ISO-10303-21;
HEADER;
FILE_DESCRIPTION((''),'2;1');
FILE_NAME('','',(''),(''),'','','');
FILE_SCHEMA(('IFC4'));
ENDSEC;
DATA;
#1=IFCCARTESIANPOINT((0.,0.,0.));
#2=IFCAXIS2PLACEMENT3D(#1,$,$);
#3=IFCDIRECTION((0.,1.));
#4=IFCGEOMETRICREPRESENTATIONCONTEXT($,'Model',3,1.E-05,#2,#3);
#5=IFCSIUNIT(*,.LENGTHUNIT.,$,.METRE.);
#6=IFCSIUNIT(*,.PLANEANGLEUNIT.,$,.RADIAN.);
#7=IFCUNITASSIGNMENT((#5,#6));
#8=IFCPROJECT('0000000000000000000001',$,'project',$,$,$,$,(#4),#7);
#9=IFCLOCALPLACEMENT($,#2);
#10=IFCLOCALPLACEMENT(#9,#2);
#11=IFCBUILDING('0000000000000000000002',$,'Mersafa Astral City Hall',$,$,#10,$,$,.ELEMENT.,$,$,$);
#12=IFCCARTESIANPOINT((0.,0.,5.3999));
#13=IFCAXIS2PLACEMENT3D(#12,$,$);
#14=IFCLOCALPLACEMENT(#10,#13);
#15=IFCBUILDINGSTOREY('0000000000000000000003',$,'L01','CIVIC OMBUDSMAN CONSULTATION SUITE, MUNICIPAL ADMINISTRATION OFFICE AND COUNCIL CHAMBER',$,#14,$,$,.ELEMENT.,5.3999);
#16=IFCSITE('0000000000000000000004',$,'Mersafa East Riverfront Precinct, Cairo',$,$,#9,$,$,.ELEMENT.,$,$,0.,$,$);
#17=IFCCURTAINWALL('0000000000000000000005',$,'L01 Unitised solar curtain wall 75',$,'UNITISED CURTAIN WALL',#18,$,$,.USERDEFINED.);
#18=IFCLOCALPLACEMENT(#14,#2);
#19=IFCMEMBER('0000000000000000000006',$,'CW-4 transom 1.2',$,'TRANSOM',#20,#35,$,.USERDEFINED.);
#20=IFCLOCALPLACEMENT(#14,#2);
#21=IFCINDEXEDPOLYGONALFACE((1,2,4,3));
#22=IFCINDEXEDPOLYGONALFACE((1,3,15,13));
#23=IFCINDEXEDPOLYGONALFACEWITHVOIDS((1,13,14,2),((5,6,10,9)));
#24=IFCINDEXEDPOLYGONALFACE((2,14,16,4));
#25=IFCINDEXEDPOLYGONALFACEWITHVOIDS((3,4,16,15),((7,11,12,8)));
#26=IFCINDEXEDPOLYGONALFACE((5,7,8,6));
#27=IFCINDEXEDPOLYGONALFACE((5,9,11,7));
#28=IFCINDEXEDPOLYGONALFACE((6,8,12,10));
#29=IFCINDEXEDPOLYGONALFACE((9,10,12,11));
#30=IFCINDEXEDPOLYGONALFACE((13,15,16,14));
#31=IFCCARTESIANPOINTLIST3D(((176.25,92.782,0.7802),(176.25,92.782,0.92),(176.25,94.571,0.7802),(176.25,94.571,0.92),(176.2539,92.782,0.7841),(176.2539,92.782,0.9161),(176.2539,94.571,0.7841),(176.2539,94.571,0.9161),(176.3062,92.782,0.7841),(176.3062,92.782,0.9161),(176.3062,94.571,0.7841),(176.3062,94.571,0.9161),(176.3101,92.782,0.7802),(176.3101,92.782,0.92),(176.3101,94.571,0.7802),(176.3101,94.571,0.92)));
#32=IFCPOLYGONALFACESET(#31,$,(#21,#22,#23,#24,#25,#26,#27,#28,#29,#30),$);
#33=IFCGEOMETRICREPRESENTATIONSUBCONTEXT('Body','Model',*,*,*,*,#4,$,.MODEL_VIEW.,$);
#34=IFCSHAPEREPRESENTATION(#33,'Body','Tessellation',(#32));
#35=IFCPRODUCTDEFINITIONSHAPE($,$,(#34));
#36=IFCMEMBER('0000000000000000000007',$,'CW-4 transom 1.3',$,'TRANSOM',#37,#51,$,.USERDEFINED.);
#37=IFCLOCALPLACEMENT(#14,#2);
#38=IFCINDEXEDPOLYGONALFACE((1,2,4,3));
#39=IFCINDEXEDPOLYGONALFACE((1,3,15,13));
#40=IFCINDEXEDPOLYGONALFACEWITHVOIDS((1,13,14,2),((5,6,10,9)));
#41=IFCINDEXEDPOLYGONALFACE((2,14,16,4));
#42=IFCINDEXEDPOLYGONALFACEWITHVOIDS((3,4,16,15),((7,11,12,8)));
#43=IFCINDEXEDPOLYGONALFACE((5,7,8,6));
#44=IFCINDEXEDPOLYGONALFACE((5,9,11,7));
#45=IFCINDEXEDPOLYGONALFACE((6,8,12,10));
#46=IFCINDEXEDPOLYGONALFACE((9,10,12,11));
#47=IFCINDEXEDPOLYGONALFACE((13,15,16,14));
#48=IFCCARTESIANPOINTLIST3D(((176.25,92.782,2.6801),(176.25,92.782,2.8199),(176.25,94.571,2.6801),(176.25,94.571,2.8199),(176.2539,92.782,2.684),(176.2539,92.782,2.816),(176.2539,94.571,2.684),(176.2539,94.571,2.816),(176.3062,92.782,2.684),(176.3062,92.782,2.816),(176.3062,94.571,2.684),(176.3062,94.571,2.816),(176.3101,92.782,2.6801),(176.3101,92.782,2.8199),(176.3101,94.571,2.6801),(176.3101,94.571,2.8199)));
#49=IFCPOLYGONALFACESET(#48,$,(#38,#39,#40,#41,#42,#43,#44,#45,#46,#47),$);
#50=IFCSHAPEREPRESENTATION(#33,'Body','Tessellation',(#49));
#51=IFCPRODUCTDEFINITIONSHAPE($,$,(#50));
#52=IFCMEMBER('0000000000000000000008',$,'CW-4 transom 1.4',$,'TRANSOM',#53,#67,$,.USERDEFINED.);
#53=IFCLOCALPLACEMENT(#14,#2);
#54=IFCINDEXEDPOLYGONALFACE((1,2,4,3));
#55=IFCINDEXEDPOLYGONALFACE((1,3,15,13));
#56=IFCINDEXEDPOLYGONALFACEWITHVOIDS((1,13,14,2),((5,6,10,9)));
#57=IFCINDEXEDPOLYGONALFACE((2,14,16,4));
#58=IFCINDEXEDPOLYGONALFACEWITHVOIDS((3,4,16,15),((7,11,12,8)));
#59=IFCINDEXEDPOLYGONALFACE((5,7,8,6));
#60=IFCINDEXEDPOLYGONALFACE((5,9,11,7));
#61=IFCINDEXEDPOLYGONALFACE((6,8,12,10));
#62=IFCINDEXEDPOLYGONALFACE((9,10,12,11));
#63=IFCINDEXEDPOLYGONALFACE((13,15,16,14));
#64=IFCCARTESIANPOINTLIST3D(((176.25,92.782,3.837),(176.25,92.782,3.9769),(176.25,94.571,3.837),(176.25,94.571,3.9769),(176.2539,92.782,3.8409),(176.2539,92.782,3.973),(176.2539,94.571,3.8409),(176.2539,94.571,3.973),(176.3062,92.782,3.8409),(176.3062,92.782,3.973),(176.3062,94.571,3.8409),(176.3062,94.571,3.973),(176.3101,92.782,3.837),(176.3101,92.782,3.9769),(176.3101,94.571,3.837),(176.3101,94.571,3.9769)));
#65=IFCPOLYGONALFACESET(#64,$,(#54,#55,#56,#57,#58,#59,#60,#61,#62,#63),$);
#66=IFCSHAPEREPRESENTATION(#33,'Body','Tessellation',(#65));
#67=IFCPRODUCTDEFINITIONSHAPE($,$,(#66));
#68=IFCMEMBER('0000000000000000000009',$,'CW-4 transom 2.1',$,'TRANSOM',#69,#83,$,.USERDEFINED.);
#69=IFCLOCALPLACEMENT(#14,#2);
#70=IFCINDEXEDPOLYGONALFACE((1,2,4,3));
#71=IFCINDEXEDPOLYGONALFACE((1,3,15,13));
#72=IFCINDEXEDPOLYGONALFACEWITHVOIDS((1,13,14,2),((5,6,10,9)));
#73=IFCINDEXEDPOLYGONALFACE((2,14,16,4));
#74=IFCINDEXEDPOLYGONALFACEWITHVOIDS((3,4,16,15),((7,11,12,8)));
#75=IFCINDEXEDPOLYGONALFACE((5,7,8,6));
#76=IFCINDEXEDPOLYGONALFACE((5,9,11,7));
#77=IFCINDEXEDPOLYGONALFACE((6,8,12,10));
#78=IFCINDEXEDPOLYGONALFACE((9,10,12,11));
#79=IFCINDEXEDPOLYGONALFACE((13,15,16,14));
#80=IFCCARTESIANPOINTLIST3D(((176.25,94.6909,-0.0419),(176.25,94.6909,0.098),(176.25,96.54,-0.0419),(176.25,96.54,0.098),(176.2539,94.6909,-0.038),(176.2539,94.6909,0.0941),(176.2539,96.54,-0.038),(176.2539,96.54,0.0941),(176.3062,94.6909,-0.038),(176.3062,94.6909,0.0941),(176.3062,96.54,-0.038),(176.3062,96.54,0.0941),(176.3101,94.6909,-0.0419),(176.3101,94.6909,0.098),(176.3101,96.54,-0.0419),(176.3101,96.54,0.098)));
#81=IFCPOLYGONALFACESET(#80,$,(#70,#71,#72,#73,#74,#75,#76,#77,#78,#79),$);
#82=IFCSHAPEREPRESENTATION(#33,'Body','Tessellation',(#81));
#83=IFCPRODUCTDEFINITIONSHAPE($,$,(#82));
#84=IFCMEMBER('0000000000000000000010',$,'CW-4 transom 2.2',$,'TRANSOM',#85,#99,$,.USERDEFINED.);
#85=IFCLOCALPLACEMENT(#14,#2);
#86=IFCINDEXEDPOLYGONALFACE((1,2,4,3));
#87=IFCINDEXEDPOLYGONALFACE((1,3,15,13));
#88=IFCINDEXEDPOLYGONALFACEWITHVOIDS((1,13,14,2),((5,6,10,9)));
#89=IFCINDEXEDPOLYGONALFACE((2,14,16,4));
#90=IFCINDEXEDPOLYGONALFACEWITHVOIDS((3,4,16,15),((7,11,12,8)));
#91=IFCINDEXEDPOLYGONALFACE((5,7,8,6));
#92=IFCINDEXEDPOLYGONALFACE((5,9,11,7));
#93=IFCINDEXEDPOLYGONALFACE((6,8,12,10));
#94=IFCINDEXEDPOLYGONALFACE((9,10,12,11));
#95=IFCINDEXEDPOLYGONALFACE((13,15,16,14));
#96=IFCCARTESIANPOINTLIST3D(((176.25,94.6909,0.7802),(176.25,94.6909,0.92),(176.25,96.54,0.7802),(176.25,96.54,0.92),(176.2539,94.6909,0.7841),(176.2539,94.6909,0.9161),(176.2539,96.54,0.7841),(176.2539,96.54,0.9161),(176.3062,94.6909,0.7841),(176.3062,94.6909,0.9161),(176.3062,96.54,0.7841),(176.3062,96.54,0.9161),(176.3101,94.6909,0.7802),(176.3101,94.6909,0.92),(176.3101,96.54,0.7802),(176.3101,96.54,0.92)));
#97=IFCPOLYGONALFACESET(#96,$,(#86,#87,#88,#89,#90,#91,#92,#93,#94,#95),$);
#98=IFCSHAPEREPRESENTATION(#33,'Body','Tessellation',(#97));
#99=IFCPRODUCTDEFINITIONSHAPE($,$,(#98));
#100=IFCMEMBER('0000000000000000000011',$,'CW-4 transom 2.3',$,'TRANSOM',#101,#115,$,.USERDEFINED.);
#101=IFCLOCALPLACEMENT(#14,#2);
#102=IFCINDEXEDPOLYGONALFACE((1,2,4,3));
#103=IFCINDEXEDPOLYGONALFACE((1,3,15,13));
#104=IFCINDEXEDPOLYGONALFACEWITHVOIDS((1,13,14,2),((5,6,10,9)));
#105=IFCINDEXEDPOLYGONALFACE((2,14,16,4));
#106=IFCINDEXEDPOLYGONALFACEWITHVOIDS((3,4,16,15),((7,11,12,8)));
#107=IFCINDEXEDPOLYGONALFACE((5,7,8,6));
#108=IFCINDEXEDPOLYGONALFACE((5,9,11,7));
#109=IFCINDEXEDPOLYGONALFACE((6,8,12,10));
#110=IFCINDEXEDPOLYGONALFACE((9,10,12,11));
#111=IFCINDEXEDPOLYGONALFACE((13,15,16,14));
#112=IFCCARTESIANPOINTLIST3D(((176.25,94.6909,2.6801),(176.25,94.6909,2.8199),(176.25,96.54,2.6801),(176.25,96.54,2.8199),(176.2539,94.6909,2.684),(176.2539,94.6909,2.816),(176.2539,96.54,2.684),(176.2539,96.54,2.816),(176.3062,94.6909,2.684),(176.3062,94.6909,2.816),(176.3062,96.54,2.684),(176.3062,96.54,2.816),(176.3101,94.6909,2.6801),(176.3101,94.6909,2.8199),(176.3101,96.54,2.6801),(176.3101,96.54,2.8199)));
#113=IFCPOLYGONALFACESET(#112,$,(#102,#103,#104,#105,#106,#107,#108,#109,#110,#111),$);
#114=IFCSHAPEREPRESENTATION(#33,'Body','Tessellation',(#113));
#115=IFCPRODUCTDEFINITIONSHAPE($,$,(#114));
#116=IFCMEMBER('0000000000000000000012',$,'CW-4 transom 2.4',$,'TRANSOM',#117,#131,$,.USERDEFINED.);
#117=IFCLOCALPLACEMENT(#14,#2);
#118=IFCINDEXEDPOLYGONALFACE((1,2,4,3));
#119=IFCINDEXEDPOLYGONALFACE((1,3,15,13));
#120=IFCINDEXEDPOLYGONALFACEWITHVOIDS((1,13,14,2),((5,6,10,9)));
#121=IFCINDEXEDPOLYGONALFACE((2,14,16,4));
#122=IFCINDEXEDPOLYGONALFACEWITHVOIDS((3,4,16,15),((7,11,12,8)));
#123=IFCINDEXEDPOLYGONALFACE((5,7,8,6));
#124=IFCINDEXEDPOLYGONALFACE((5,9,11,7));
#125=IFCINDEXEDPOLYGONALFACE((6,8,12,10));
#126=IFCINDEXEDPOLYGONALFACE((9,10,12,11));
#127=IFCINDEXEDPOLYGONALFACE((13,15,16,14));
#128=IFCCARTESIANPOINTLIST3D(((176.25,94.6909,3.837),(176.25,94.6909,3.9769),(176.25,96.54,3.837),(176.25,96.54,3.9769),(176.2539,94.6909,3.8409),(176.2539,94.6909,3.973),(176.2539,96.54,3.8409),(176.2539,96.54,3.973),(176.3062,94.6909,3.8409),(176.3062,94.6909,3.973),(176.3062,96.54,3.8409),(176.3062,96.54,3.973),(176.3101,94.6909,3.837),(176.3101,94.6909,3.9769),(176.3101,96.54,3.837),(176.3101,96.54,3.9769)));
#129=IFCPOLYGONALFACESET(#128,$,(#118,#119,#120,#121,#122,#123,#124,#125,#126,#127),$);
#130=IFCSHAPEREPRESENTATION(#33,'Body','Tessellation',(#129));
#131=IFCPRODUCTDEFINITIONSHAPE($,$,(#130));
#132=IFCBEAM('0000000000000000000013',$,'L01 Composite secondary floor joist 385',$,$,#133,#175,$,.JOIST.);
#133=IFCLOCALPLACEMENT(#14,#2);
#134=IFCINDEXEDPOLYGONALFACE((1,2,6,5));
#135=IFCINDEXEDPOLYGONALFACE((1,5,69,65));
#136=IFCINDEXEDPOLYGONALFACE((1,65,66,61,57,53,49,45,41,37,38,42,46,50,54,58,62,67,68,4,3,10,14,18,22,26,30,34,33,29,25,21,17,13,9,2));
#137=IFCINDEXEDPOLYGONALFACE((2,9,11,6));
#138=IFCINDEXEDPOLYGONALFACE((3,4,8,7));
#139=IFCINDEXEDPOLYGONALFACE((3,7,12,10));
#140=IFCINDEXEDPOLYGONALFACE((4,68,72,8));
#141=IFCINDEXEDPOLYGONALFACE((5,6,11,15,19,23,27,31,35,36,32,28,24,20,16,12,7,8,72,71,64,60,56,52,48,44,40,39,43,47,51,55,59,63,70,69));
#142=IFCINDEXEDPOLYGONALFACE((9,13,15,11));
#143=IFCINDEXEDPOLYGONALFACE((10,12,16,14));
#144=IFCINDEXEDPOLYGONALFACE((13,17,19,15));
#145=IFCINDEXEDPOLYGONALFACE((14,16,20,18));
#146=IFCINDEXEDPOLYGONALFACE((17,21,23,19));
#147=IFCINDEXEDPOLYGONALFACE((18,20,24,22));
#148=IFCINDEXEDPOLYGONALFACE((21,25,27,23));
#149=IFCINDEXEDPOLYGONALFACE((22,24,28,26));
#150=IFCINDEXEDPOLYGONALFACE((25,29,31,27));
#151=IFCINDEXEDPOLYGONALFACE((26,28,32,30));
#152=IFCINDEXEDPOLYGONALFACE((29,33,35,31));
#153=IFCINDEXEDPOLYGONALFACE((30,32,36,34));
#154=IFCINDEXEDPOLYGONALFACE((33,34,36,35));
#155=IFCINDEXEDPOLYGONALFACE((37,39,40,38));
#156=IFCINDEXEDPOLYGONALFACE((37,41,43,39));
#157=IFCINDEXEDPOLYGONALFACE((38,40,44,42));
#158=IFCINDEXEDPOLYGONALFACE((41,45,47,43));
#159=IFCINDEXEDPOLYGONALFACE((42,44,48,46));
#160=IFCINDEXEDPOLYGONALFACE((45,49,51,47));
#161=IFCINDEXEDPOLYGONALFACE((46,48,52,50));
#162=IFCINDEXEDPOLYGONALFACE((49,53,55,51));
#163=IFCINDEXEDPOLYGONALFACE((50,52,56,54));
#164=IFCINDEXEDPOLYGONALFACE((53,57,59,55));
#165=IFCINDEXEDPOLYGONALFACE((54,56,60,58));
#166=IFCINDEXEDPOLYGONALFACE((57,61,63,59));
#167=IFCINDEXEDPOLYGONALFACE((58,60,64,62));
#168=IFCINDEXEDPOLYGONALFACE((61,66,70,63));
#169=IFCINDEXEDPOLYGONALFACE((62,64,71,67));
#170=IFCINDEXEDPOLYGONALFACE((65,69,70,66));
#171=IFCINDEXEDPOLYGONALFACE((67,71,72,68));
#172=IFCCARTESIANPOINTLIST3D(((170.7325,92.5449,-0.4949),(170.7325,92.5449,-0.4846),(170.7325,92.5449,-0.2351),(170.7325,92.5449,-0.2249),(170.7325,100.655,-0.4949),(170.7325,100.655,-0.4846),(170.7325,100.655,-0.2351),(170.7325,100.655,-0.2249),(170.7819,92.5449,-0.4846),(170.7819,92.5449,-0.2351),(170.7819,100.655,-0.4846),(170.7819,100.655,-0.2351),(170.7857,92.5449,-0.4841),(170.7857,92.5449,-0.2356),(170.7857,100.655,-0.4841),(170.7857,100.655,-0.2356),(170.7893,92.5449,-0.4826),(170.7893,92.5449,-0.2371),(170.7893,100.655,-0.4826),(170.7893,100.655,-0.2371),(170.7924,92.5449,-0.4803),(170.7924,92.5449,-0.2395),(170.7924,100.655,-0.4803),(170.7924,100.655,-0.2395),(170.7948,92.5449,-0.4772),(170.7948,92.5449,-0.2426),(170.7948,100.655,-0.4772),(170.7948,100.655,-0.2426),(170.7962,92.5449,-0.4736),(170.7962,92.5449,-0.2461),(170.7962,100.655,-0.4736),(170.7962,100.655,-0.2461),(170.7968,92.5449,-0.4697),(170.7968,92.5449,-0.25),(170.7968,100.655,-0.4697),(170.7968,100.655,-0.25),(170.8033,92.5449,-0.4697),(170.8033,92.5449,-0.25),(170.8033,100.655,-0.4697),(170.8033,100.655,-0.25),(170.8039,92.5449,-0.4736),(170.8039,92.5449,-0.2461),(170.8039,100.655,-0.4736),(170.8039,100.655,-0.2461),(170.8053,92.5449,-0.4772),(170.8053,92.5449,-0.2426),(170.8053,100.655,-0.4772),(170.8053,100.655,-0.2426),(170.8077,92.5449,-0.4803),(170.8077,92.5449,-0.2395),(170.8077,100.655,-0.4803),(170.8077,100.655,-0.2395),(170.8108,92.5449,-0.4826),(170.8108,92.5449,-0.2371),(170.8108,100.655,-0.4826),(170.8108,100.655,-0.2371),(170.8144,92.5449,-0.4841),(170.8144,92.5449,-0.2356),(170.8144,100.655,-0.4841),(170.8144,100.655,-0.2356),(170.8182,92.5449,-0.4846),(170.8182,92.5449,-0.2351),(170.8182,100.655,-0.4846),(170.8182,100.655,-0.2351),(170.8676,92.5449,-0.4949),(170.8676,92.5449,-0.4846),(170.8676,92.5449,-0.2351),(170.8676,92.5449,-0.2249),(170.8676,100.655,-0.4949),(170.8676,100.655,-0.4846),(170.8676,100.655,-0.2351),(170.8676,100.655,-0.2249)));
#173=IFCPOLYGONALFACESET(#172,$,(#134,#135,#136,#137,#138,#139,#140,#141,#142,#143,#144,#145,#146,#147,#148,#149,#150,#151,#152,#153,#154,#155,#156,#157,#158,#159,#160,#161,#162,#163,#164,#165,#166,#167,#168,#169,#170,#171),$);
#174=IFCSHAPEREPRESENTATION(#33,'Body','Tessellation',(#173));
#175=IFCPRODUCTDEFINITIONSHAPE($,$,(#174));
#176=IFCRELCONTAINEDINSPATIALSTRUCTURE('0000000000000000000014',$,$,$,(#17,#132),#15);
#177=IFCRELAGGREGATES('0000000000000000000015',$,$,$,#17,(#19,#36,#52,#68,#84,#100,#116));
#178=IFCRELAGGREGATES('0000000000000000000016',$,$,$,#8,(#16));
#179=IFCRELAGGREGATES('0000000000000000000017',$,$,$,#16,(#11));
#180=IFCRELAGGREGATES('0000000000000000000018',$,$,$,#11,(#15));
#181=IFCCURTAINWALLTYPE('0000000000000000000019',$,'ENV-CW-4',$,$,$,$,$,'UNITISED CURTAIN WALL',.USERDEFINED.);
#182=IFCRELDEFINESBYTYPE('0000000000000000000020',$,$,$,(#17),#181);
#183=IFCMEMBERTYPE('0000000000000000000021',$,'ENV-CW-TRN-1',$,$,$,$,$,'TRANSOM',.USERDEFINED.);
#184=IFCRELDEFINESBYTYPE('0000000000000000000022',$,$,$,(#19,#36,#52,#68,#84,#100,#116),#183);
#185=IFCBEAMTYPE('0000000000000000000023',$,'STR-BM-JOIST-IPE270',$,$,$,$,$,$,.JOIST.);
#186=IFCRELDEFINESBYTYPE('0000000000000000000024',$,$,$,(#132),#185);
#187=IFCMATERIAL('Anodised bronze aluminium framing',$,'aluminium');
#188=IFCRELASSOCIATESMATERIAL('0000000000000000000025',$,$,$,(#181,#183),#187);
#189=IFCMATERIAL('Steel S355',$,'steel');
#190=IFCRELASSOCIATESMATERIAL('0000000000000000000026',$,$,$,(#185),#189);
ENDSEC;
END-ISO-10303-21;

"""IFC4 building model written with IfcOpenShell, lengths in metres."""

from ifc_helpers import new_model, si_unit, direction, frame, origin, origin_2d, place, context, subcontext, project, spatial, hollow_rectangle, i_section, extrude, material, material_profile, profile_set, type_object, element, aggregate, save


model = new_model("IFC4")

# Units and contexts
model_context = context("Model", 3, precision=1e-05, world=origin(), true_north=direction((0.0, 1.0)))
body_context = subcontext(model_context, "Body", "Model", "MODEL_VIEW")
ifc_project = project(units=[si_unit("LENGTHUNIT", "METRE"), si_unit("PLANEANGLEUNIT", "RADIAN")], contexts=[model_context])

# Site, building, storey
site_placement = place(None, origin())
site = spatial("IfcSite", under=ifc_project, at=site_placement, Name="Mersafa East Riverfront Precinct, Cairo", CompositionType="ELEMENT", RefElevation=0.0)
building_placement = place(site_placement, origin())
building = spatial("IfcBuilding", under=site, at=building_placement, Name="Mersafa Astral City Hall", CompositionType="ELEMENT")
storey_placement = place(building_placement, frame((0.0, 0.0, 5.3999)))
storey = spatial("IfcBuildingStorey", under=building, at=storey_placement, Name="L01", Description="CIVIC OMBUDSMAN CONSULTATION SUITE, MUNICIPAL ADMINISTRATION OFFICE AND COUNCIL CHAMBER", CompositionType="ELEMENT", Elevation=5.3999)

# Curtain wall
ifc_material_1 = material(Name="Anodised bronze aluminium framing", Category="aluminium")
curtain_wall_type_1 = type_object("IfcCurtainWallType", Name="ENV-CW-4", ElementType="UNITISED CURTAIN WALL", PredefinedType="USERDEFINED", material=ifc_material_1)
curtain_wall_1_placement = place(storey_placement, origin())
curtain_wall_1 = element("IfcCurtainWall", 1, at=curtain_wall_1_placement, inside=storey, type_object=curtain_wall_type_1, Name="L01 Unitised solar curtain wall 75", ObjectType="UNITISED CURTAIN WALL", PredefinedType="USERDEFINED")

# Members
ifc_material_profile_1 = material_profile(ifc_material_1, hollow_rectangle(XDim=0.0601, YDim=0.1399, WallThickness=0.0039, at=origin_2d()), Name="RHS 60x140x4")
ifc_profile_set_1 = profile_set([ifc_material_profile_1], Name="Anodised bronze aluminium framing")
member_type_1 = type_object("IfcMemberType", Name="ENV-CW-TRN-1", ElementType="TRANSOM", PredefinedType="USERDEFINED", material=ifc_profile_set_1)
member_1_placement = place(storey_placement, frame((176.28, 92.782, 0.8501), z_axis=(0.0, 1.0, 0.0), x_axis=(-1.0, 0.0, 0.0)))
member_1 = element("IfcMember", 2, at=member_1_placement, type_object=member_type_1, Name="CW-4 transom 1.2", ObjectType="TRANSOM", PredefinedType="USERDEFINED", context=body_context, shape_type="SweptSolid", body=[
    extrude(hollow_rectangle(XDim=0.0601, YDim=0.1399, WallThickness=0.0039, at=origin_2d()), origin(), (0.0, 0.0, 1.0), 1.7891),
])
member_2_placement = place(storey_placement, frame((176.28, 92.782, 2.75), z_axis=(0.0, 1.0, 0.0), x_axis=(-1.0, 0.0, 0.0)))
member_2 = element("IfcMember", 3, at=member_2_placement, type_object=member_type_1, Name="CW-4 transom 1.3", ObjectType="TRANSOM", PredefinedType="USERDEFINED", context=body_context, shape_type="SweptSolid", body=[
    extrude(hollow_rectangle(XDim=0.0601, YDim=0.1399, WallThickness=0.0039, at=origin_2d()), origin(), (0.0, 0.0, 1.0), 1.7891),
])
member_3_placement = place(storey_placement, frame((176.28, 92.782, 3.907), z_axis=(0.0, 1.0, 0.0), x_axis=(-1.0, 0.0, 0.0)))
member_3 = element("IfcMember", 4, at=member_3_placement, type_object=member_type_1, Name="CW-4 transom 1.4", ObjectType="TRANSOM", PredefinedType="USERDEFINED", context=body_context, shape_type="SweptSolid", body=[
    extrude(hollow_rectangle(XDim=0.0601, YDim=0.1399, WallThickness=0.0039, at=origin_2d()), origin(), (0.0, 0.0, 1.0), 1.7891),
])
member_4_placement = place(storey_placement, frame((176.28, 94.6909, 0.0281), z_axis=(0.0, 1.0, 0.0), x_axis=(-1.0, 0.0, 0.0)))
member_4 = element("IfcMember", 5, at=member_4_placement, type_object=member_type_1, Name="CW-4 transom 2.1", ObjectType="TRANSOM", PredefinedType="USERDEFINED", context=body_context, shape_type="SweptSolid", body=[
    extrude(hollow_rectangle(XDim=0.0601, YDim=0.1399, WallThickness=0.0039, at=origin_2d()), origin(), (0.0, 0.0, 1.0), 1.8491),
])
member_5_placement = place(storey_placement, frame((176.28, 94.6909, 0.8501), z_axis=(0.0, 1.0, 0.0), x_axis=(-1.0, 0.0, 0.0)))
member_5 = element("IfcMember", 6, at=member_5_placement, type_object=member_type_1, Name="CW-4 transom 2.2", ObjectType="TRANSOM", PredefinedType="USERDEFINED", context=body_context, shape_type="SweptSolid", body=[
    extrude(hollow_rectangle(XDim=0.0601, YDim=0.1399, WallThickness=0.0039, at=origin_2d()), origin(), (0.0, 0.0, 1.0), 1.8491),
])
member_6_placement = place(storey_placement, frame((176.28, 94.6909, 2.75), z_axis=(0.0, 1.0, 0.0), x_axis=(-1.0, 0.0, 0.0)))
member_6 = element("IfcMember", 7, at=member_6_placement, type_object=member_type_1, Name="CW-4 transom 2.3", ObjectType="TRANSOM", PredefinedType="USERDEFINED", context=body_context, shape_type="SweptSolid", body=[
    extrude(hollow_rectangle(XDim=0.0601, YDim=0.1399, WallThickness=0.0039, at=origin_2d()), origin(), (0.0, 0.0, 1.0), 1.8491),
])
member_7_placement = place(storey_placement, frame((176.28, 94.6909, 3.907), z_axis=(0.0, 1.0, 0.0), x_axis=(-1.0, 0.0, 0.0)))
member_7 = element("IfcMember", 8, at=member_7_placement, type_object=member_type_1, Name="CW-4 transom 2.4", ObjectType="TRANSOM", PredefinedType="USERDEFINED", context=body_context, shape_type="SweptSolid", body=[
    extrude(hollow_rectangle(XDim=0.0601, YDim=0.1399, WallThickness=0.0039, at=origin_2d()), origin(), (0.0, 0.0, 1.0), 1.8491),
])

# Beam
ifc_material_2 = material(Name="Steel S355", Category="steel")
ifc_material_profile_2 = material_profile(ifc_material_2, i_section(OverallWidth=0.135, OverallDepth=0.27, WebThickness=0.0066, FlangeThickness=0.0103, FilletRadius=0.0149, at=origin_2d()), Name="IPE 270")
ifc_profile_set_2 = profile_set([ifc_material_profile_2], Name="Steel S355")
beam_type = type_object("IfcBeamType", Name="STR-BM-JOIST-IPE270", PredefinedType="JOIST", material=ifc_profile_set_2)
for number, where, z_axis, x_axis, name in (
    (9, (170.8, 92.5449, -0.3599), (0.0, 1.0, 0.0), (-1.0, 0.0, 0.0), "L01 Composite secondary floor joist 385"),
):
    element("IfcBeam", number, at=place(storey_placement, frame(where, z_axis=z_axis, x_axis=x_axis)), inside=storey, type_object=beam_type, Name=name, PredefinedType="JOIST", context=body_context, shape_type="SweptSolid", body=[
        extrude(i_section(OverallWidth=0.135, OverallDepth=0.27, WebThickness=0.0066, FlangeThickness=0.0103, FilletRadius=0.0149, at=origin_2d()), origin(), (0.0, 0.0, 1.0), 8.1101),
    ])

aggregate(curtain_wall_1, [member_1, member_2, member_3, member_4, member_5, member_6, member_7])

save(model, "model.ifc")
